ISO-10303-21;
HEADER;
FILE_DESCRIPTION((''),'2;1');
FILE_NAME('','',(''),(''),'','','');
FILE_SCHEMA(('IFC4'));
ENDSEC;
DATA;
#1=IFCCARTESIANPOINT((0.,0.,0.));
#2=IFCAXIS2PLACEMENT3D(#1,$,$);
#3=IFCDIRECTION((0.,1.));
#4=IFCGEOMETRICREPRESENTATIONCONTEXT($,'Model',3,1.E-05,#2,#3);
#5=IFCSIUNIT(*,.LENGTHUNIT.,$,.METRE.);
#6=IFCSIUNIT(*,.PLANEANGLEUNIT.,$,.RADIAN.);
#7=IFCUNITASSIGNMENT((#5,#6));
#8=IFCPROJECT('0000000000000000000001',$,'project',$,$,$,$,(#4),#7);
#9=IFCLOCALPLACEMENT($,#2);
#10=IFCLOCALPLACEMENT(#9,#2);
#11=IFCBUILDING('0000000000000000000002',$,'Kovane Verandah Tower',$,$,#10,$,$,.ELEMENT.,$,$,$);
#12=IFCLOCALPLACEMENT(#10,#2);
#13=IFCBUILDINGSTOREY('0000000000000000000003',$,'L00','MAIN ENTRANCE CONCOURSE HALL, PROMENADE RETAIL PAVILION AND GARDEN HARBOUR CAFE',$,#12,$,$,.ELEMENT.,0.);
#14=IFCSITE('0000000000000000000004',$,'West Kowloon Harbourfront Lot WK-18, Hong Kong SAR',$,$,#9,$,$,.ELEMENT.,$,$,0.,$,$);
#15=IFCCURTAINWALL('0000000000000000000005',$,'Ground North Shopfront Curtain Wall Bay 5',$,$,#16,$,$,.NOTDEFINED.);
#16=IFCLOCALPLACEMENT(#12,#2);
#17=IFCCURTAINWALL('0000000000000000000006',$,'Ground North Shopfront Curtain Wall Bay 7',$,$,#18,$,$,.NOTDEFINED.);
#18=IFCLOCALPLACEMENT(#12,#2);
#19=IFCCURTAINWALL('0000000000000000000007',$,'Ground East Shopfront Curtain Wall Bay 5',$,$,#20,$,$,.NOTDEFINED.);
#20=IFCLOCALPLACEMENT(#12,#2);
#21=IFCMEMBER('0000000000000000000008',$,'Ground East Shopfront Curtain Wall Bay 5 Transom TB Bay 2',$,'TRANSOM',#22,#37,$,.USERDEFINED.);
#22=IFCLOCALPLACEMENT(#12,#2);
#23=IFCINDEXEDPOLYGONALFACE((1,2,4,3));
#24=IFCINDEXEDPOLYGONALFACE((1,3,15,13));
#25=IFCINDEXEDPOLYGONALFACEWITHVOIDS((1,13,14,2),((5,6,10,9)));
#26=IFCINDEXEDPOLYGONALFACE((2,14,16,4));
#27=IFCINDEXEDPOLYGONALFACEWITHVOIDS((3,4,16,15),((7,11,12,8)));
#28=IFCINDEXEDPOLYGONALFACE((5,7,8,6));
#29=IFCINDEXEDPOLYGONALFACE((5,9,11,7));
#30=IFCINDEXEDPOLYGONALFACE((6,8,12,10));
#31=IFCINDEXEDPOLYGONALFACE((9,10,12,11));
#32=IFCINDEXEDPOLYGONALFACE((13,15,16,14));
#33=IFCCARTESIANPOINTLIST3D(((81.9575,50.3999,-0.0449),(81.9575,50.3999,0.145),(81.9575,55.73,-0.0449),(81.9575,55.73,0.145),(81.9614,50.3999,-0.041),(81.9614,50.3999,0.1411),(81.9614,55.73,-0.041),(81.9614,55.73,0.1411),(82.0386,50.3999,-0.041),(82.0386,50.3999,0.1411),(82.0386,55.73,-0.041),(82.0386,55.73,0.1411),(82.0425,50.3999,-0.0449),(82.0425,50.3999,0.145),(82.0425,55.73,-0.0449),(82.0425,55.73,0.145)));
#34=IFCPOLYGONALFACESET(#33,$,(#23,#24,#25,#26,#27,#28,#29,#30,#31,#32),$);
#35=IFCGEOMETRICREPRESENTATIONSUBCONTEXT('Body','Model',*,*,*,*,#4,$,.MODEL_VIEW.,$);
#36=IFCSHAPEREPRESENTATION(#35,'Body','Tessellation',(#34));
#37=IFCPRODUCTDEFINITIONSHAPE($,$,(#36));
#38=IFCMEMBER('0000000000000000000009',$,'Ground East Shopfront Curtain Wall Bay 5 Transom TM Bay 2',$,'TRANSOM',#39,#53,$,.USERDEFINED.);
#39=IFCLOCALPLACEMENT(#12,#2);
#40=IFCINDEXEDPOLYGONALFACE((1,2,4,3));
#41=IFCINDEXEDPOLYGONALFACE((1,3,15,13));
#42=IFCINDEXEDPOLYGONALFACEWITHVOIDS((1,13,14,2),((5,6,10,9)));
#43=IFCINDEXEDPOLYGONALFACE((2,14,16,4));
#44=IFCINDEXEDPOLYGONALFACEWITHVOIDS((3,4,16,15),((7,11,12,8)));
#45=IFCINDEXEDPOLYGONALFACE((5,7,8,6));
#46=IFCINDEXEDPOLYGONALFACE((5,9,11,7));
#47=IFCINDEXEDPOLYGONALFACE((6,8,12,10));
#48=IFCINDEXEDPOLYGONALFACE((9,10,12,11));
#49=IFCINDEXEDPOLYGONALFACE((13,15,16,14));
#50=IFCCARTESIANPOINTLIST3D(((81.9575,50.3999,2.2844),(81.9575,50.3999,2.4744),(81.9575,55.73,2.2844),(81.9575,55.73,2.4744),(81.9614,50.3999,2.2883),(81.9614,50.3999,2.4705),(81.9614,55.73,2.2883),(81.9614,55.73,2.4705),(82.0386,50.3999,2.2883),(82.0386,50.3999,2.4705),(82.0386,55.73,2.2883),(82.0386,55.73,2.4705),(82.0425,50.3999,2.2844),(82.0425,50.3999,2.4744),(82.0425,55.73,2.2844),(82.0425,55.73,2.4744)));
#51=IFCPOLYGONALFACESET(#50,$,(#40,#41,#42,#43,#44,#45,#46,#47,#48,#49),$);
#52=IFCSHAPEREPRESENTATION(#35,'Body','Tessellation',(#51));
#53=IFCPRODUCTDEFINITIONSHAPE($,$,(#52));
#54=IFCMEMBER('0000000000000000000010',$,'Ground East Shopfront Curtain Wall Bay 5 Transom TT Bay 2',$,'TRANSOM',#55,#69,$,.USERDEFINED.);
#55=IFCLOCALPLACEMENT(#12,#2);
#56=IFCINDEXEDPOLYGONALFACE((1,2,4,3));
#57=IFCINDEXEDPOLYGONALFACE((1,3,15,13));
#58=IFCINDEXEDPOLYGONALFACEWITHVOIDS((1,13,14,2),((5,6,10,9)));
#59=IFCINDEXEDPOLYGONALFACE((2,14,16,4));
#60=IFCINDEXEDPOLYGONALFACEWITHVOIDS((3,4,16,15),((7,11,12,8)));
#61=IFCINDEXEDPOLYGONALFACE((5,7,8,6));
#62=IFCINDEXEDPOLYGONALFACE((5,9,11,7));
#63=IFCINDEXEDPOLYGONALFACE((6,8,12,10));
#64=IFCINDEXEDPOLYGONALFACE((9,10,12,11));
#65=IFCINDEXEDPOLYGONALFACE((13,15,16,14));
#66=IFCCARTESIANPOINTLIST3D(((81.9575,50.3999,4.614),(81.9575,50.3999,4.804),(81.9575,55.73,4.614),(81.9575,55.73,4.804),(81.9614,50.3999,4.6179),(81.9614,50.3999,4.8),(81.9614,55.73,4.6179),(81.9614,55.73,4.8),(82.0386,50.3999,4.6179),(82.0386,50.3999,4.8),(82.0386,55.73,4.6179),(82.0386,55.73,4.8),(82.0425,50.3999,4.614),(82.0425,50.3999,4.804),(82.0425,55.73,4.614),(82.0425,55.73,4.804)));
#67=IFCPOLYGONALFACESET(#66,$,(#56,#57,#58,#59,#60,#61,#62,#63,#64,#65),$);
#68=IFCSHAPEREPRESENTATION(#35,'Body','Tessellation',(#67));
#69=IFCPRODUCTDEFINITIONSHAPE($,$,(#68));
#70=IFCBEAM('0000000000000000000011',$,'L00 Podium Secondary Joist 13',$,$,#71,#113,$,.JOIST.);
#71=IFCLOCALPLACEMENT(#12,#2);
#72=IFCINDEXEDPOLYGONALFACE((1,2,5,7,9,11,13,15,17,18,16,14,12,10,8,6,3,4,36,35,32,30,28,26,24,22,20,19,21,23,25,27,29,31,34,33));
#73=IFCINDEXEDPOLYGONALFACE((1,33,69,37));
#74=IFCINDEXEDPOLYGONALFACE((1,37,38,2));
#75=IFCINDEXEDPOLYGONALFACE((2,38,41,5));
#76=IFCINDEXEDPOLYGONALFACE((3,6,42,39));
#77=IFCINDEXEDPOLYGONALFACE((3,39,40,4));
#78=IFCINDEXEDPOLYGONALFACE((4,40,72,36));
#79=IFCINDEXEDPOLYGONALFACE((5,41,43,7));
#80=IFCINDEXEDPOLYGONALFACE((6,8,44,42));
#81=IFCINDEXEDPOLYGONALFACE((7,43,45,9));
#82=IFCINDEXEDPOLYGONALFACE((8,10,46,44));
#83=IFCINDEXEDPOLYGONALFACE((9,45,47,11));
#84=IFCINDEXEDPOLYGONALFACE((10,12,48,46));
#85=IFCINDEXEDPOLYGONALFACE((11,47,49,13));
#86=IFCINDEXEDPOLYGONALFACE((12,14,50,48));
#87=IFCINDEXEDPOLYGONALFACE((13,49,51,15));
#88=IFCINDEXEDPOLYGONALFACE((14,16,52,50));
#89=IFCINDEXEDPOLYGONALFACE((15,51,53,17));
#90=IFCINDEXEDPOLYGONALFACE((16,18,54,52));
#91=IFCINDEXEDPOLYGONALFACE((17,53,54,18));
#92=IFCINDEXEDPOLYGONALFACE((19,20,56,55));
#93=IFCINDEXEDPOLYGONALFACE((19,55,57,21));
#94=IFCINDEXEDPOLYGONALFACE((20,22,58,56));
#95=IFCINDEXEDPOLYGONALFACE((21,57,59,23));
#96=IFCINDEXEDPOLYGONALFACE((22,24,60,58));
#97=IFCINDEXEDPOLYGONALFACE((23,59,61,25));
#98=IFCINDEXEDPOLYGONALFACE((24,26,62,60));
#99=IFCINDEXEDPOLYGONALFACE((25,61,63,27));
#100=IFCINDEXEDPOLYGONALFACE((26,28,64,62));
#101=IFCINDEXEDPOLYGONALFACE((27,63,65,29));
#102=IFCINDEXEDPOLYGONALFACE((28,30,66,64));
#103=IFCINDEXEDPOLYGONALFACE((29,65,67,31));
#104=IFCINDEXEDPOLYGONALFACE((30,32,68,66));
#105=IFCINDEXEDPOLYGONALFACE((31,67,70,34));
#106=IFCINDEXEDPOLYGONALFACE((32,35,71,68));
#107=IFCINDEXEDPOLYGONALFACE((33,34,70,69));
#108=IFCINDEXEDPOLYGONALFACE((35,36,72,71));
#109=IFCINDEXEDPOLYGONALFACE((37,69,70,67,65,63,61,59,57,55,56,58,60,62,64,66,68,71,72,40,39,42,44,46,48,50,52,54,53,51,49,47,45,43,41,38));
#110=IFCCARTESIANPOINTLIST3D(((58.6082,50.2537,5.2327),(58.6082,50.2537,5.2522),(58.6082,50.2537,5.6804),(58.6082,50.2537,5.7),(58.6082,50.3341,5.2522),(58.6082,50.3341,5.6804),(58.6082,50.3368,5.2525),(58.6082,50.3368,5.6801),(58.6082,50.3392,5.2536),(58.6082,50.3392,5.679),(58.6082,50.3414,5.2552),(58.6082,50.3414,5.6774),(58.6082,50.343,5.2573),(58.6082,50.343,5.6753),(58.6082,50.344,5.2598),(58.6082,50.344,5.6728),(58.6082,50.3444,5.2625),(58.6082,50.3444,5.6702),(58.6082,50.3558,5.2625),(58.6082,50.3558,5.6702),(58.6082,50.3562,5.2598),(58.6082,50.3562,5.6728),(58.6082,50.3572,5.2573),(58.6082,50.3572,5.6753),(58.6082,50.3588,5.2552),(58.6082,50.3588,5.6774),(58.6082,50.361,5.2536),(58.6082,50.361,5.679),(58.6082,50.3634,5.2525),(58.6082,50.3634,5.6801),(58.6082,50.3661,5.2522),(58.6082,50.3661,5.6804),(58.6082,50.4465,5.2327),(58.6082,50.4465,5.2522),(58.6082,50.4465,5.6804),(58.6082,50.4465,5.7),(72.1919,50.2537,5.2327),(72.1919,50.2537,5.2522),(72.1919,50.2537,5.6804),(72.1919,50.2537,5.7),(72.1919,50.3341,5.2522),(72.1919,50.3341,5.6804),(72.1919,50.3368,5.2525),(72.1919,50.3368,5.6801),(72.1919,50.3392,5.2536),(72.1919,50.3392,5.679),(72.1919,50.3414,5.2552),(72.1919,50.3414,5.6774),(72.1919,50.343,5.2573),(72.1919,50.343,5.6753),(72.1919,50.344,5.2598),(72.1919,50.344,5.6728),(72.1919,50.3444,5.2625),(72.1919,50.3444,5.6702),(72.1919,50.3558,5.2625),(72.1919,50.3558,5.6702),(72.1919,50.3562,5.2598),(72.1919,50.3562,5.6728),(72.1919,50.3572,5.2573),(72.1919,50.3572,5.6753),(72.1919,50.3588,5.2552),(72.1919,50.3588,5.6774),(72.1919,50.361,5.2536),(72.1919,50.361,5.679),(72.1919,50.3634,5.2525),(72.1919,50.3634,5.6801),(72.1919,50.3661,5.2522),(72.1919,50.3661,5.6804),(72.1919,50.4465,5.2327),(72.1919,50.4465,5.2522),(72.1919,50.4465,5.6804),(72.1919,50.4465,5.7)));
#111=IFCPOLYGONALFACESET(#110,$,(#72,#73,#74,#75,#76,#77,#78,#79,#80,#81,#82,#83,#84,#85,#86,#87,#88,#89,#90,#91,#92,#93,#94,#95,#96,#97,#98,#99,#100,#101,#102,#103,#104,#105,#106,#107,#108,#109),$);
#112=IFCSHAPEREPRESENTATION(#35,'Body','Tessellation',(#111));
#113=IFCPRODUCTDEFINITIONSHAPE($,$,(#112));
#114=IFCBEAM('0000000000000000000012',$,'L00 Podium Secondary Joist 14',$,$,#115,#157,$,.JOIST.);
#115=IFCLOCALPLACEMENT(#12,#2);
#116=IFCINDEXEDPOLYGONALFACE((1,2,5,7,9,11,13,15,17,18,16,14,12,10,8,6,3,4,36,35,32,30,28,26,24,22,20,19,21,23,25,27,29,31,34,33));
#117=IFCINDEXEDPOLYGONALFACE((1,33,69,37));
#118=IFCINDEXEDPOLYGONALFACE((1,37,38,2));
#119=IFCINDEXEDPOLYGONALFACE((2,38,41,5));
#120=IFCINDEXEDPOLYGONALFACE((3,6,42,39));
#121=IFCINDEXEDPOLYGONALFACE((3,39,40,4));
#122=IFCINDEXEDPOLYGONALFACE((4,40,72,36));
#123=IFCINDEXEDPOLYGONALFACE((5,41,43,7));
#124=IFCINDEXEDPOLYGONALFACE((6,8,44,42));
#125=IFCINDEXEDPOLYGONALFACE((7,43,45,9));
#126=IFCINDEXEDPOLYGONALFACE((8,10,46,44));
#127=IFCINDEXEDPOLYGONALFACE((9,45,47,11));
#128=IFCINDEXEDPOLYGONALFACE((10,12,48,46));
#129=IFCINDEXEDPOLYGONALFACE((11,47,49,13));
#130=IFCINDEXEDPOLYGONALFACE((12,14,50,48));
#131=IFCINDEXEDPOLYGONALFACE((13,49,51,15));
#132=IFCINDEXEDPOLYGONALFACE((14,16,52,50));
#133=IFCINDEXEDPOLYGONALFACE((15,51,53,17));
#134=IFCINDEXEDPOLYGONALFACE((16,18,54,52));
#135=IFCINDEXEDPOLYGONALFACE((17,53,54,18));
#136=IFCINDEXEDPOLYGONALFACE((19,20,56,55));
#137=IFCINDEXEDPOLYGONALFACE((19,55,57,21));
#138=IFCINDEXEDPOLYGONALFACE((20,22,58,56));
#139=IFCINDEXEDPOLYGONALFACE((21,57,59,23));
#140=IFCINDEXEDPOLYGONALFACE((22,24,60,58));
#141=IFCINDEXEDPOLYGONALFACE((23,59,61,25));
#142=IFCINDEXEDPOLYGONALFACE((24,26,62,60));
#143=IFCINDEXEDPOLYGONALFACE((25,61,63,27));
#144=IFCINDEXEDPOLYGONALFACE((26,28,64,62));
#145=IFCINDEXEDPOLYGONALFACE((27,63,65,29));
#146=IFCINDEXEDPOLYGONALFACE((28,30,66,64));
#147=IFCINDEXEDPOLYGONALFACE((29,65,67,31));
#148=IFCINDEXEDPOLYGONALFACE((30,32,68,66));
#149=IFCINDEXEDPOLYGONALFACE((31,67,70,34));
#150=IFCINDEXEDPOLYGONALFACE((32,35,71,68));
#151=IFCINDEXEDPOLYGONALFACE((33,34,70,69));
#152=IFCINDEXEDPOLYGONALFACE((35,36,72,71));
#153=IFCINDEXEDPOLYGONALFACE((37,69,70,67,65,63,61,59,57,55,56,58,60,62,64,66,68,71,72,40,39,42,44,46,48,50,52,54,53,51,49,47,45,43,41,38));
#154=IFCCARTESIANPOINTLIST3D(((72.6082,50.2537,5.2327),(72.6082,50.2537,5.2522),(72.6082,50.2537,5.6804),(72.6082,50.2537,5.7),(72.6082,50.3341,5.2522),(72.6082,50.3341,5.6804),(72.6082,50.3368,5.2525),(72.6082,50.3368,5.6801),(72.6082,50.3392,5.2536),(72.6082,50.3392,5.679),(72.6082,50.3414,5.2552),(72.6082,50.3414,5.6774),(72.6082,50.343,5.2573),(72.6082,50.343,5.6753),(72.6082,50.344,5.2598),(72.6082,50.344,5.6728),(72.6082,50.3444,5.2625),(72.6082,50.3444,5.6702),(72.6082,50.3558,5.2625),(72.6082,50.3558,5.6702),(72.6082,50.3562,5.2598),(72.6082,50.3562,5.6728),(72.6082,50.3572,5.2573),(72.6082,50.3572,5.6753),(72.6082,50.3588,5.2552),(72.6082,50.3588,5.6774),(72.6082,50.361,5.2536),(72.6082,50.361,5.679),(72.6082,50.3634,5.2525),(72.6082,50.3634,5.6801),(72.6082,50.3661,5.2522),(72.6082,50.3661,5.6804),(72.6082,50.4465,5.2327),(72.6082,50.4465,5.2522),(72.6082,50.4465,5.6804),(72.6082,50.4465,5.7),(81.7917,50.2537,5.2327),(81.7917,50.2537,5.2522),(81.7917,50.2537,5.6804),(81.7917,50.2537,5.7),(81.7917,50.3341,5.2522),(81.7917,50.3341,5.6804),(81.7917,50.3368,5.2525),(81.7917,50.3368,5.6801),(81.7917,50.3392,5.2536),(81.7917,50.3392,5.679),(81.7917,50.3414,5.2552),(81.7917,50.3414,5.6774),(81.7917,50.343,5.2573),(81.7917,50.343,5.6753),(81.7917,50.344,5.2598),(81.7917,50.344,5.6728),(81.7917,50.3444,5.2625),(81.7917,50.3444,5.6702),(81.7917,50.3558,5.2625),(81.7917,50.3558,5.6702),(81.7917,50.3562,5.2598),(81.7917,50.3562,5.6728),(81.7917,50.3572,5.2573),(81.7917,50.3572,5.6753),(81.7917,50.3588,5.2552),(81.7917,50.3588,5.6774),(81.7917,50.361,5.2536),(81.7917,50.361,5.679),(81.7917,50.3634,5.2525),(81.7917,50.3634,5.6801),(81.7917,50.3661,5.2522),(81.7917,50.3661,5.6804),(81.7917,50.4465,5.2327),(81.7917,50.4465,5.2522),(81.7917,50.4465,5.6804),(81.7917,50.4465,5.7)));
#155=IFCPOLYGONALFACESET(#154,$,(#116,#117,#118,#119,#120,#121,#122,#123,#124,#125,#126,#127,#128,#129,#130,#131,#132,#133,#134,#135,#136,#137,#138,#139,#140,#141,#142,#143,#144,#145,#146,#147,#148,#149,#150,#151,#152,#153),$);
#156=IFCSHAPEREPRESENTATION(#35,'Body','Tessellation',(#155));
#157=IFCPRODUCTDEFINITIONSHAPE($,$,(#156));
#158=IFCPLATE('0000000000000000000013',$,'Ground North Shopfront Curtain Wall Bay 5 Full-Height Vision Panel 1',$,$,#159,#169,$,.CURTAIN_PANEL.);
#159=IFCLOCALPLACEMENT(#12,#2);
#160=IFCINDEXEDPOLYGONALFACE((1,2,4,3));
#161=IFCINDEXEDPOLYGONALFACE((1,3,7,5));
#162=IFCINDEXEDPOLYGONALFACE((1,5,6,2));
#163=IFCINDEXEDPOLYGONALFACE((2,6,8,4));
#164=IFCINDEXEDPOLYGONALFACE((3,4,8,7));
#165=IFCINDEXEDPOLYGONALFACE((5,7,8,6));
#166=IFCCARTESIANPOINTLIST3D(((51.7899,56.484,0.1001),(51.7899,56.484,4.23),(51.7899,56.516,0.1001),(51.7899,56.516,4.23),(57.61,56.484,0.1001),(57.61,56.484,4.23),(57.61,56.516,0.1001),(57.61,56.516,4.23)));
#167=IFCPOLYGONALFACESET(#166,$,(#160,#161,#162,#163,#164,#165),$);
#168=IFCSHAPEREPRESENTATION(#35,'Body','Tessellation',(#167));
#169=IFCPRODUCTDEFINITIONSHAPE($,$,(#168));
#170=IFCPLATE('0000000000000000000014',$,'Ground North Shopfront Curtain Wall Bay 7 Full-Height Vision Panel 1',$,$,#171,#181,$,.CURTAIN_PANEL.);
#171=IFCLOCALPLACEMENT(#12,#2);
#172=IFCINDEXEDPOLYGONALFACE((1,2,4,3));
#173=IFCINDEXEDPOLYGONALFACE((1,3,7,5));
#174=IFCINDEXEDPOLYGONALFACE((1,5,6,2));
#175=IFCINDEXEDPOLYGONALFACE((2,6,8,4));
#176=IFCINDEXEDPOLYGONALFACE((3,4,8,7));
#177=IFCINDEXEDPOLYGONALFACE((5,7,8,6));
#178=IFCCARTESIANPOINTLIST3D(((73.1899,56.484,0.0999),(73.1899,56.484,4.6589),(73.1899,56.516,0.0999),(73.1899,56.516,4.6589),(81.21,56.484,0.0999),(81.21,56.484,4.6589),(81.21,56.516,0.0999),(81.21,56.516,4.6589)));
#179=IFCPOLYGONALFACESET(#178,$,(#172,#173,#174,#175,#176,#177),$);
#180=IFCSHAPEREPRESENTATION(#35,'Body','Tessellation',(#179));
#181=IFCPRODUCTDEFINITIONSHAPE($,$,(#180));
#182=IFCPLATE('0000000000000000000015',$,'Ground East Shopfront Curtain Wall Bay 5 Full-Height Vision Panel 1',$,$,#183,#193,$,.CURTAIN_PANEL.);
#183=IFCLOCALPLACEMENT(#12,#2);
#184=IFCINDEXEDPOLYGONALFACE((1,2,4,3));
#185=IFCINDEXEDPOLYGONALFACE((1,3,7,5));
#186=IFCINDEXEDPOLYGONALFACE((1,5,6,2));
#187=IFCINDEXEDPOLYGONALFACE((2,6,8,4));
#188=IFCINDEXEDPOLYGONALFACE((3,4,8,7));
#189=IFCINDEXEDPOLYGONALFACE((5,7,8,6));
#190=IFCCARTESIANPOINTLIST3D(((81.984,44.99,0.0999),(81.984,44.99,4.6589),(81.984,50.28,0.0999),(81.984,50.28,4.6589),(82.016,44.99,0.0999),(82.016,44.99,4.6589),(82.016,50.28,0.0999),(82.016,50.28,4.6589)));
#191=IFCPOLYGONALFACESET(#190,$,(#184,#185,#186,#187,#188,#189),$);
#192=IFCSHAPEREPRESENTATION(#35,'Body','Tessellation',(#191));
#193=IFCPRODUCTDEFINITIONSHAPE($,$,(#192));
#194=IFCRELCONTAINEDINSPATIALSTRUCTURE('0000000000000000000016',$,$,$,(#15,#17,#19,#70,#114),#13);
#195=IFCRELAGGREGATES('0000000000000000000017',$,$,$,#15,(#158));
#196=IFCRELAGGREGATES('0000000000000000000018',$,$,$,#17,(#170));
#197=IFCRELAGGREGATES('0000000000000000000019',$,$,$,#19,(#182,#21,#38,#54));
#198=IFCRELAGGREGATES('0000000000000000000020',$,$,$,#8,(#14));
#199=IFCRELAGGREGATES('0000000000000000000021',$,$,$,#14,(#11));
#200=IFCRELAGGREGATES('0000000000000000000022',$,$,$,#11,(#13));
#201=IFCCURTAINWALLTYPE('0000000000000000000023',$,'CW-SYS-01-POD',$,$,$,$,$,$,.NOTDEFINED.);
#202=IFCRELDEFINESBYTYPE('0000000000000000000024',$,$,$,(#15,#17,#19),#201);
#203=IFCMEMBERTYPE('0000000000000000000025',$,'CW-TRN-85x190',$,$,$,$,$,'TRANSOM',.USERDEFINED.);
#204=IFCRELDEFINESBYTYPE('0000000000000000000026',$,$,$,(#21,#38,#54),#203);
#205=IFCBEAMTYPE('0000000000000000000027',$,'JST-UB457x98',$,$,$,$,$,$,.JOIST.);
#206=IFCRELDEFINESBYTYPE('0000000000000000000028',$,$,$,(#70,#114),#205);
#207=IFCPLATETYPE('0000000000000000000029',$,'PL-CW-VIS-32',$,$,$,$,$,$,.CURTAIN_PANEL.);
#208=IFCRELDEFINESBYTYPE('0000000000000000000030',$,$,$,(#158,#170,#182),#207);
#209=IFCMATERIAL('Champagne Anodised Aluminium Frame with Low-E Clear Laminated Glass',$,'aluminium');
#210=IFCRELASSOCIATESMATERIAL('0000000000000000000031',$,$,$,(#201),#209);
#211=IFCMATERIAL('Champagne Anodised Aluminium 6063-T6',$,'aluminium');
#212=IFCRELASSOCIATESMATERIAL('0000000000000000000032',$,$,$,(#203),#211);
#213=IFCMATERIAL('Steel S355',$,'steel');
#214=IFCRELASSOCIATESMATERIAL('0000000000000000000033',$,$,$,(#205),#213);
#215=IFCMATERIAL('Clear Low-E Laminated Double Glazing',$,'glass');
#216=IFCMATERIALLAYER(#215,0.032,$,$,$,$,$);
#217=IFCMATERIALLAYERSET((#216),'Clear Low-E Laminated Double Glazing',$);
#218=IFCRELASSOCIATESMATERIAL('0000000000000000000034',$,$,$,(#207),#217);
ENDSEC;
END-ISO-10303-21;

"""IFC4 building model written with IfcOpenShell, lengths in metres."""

from ifc_helpers import new_model, si_unit, direction, frame, origin, origin_2d, place, context, subcontext, project, spatial, rectangle, hollow_rectangle, i_section, extrude, material, layer, layer_set, material_profile, profile_set, type_object, element, aggregate, save


model = new_model("IFC4")

# Units and contexts
model_context = context("Model", 3, precision=1e-05, world=origin(), true_north=direction((0.0, 1.0)))
body_context = subcontext(model_context, "Body", "Model", "MODEL_VIEW")
ifc_project = project(units=[si_unit("LENGTHUNIT", "METRE"), si_unit("PLANEANGLEUNIT", "RADIAN")], contexts=[model_context])

# Site, building, storey
site_placement = place(None, origin())
site = spatial("IfcSite", under=ifc_project, at=site_placement, Name="West Kowloon Harbourfront Lot WK-18, Hong Kong SAR", CompositionType="ELEMENT", RefElevation=0.0)
building_placement = place(site_placement, origin())
building = spatial("IfcBuilding", under=site, at=building_placement, Name="Kovane Verandah Tower", CompositionType="ELEMENT")
storey_placement = place(building_placement, origin())
storey = spatial("IfcBuildingStorey", under=building, at=storey_placement, Name="L00", Description="MAIN ENTRANCE CONCOURSE HALL, PROMENADE RETAIL PAVILION AND GARDEN HARBOUR CAFE", CompositionType="ELEMENT", Elevation=0.0)

# Curtain wall
ifc_material_1 = material(Name="Champagne Anodised Aluminium Frame with Low-E Clear Laminated Glass", Category="aluminium")
curtain_wall_type = type_object("IfcCurtainWallType", Name="CW-SYS-01-POD", PredefinedType="NOTDEFINED", material=ifc_material_1)
curtain_wall_1_placement = place(storey_placement, origin())
curtain_wall_1 = element("IfcCurtainWall", 1, at=curtain_wall_1_placement, inside=storey, type_object=curtain_wall_type, Name="Ground North Shopfront Curtain Wall Bay 5", PredefinedType="NOTDEFINED")
ifc_material_2 = material(Name="Champagne Anodised Aluminium 6063-T6", Category="aluminium")

# Curtain walls
curtain_wall_2_placement = place(storey_placement, origin())
curtain_wall_2 = element("IfcCurtainWall", 2, at=curtain_wall_2_placement, inside=storey, type_object=curtain_wall_type, Name="Ground North Shopfront Curtain Wall Bay 7", PredefinedType="NOTDEFINED")
curtain_wall_3_placement = place(storey_placement, origin())
curtain_wall_3 = element("IfcCurtainWall", 3, at=curtain_wall_3_placement, inside=storey, type_object=curtain_wall_type, Name="Ground East Shopfront Curtain Wall Bay 5", PredefinedType="NOTDEFINED")

# Members
ifc_material_profile_1 = material_profile(ifc_material_2, hollow_rectangle(XDim=0.085, YDim=0.1899, WallThickness=0.0039, at=origin_2d()), Name="AL85x190x4")
ifc_profile_set_1 = profile_set([ifc_material_profile_1], Name="Champagne Anodised Aluminium 6063-T6")
member_type_1 = type_object("IfcMemberType", Name="CW-TRN-85x190", ElementType="TRANSOM", PredefinedType="USERDEFINED", material=ifc_profile_set_1)
member_1_placement = place(storey_placement, frame((82.0, 50.3999, 0.05), z_axis=(0.0, 1.0, 0.0), x_axis=(-1.0, 0.0, 0.0)))
member_1 = element("IfcMember", 4, at=member_1_placement, type_object=member_type_1, Name="Ground East Shopfront Curtain Wall Bay 5 Transom TB Bay 2", ObjectType="TRANSOM", PredefinedType="USERDEFINED", context=body_context, shape_type="SweptSolid", body=[
    extrude(hollow_rectangle(XDim=0.085, YDim=0.1899, WallThickness=0.0039, at=origin_2d()), origin(), (0.0, 0.0, 1.0), 5.3301),
])
member_2_placement = place(storey_placement, frame((82.0, 50.3999, 2.3794), z_axis=(0.0, 1.0, 0.0), x_axis=(-1.0, 0.0, 0.0)))
member_2 = element("IfcMember", 5, at=member_2_placement, type_object=member_type_1, Name="Ground East Shopfront Curtain Wall Bay 5 Transom TM Bay 2", ObjectType="TRANSOM", PredefinedType="USERDEFINED", context=body_context, shape_type="SweptSolid", body=[
    extrude(hollow_rectangle(XDim=0.085, YDim=0.1899, WallThickness=0.0039, at=origin_2d()), origin(), (0.0, 0.0, 1.0), 5.3301),
])
member_3_placement = place(storey_placement, frame((82.0, 50.3999, 4.709), z_axis=(0.0, 1.0, 0.0), x_axis=(-1.0, 0.0, 0.0)))
member_3 = element("IfcMember", 6, at=member_3_placement, type_object=member_type_1, Name="Ground East Shopfront Curtain Wall Bay 5 Transom TT Bay 2", ObjectType="TRANSOM", PredefinedType="USERDEFINED", context=body_context, shape_type="SweptSolid", body=[
    extrude(hollow_rectangle(XDim=0.085, YDim=0.1899, WallThickness=0.0039, at=origin_2d()), origin(), (0.0, 0.0, 1.0), 5.3301),
])

# Beams
ifc_material_3 = material(Name="Steel S355", Category="steel")
ifc_material_profile_2 = material_profile(ifc_material_3, i_section(OverallWidth=0.1929, OverallDepth=0.4673, WebThickness=0.0115, FlangeThickness=0.0195, FilletRadius=0.0103, at=origin_2d()), Name="UB457x191x98")
ifc_profile_set_2 = profile_set([ifc_material_profile_2], Name="Steel S355")
beam_type_1 = type_object("IfcBeamType", Name="JST-UB457x98", PredefinedType="JOIST", material=ifc_profile_set_2)
beam_1_placement = place(storey_placement, frame((58.6082, 50.3501, 5.4663), z_axis=(1.0, 0.0, 0.0), x_axis=(0.0, 1.0, 0.0)))
element("IfcBeam", 7, at=beam_1_placement, inside=storey, type_object=beam_type_1, Name="L00 Podium Secondary Joist 13", PredefinedType="JOIST", context=body_context, shape_type="SweptSolid", body=[
    extrude(i_section(OverallWidth=0.1929, OverallDepth=0.4673, WebThickness=0.0115, FlangeThickness=0.0195, FilletRadius=0.0103, at=origin_2d()), origin(), (0.0, 0.0, 1.0), 13.5837),
])
beam_2_placement = place(storey_placement, frame((72.6082, 50.3501, 5.4663), z_axis=(1.0, 0.0, 0.0), x_axis=(0.0, 1.0, 0.0)))
element("IfcBeam", 8, at=beam_2_placement, inside=storey, type_object=beam_type_1, Name="L00 Podium Secondary Joist 14", PredefinedType="JOIST", context=body_context, shape_type="SweptSolid", body=[
    extrude(i_section(OverallWidth=0.1929, OverallDepth=0.4673, WebThickness=0.0115, FlangeThickness=0.0195, FilletRadius=0.0103, at=origin_2d()), origin(), (0.0, 0.0, 1.0), 9.1836),
])

# Plates
ifc_material_4 = material(Name="Clear Low-E Laminated Double Glazing", Category="glass")
ifc_layer_1 = layer(ifc_material_4, 0.032)
ifc_layer_set_1 = layer_set([ifc_layer_1], Name="Clear Low-E Laminated Double Glazing")
plate_type = type_object("IfcPlateType", Name="PL-CW-VIS-32", PredefinedType="CURTAIN_PANEL", material=ifc_layer_set_1)
plate_1_placement = place(storey_placement, frame((54.7, 56.5, 0.1001), z_axis=(0.0, 0.0, 1.0), x_axis=(-1.0, 0.0, 0.0)))
plate_1 = element("IfcPlate", 9, at=plate_1_placement, type_object=plate_type, Name="Ground North Shopfront Curtain Wall Bay 5 Full-Height Vision Panel 1", PredefinedType="CURTAIN_PANEL", context=body_context, shape_type="SweptSolid", body=[
    extrude(rectangle(XDim=5.8201, YDim=0.032, at=origin_2d()), origin(), (0.0, 0.0, 1.0), 4.1299),
])
aggregate(curtain_wall_1, [plate_1])
plate_2_placement = place(storey_placement, frame((77.2, 56.5, 0.0999), z_axis=(0.0, 0.0, 1.0), x_axis=(-1.0, 0.0, 0.0)))
plate_2 = element("IfcPlate", 10, at=plate_2_placement, type_object=plate_type, Name="Ground North Shopfront Curtain Wall Bay 7 Full-Height Vision Panel 1", PredefinedType="CURTAIN_PANEL", context=body_context, shape_type="SweptSolid", body=[
    extrude(rectangle(XDim=8.02, YDim=0.032, at=origin_2d()), origin(), (0.0, 0.0, 1.0), 4.5591),
])
aggregate(curtain_wall_2, [plate_2])
plate_3_placement = place(storey_placement, frame((82.0, 47.635, 0.0999), z_axis=(0.0, 0.0, 1.0), x_axis=(0.0, 1.0, 0.0)))
plate_3 = element("IfcPlate", 11, at=plate_3_placement, type_object=plate_type, Name="Ground East Shopfront Curtain Wall Bay 5 Full-Height Vision Panel 1", PredefinedType="CURTAIN_PANEL", context=body_context, shape_type="SweptSolid", body=[
    extrude(rectangle(XDim=5.29, YDim=0.032, at=origin_2d()), origin(), (0.0, 0.0, 1.0), 4.5591),
])
aggregate(curtain_wall_3, [plate_3, member_1, member_2, member_3])

save(model, "model.ifc")
